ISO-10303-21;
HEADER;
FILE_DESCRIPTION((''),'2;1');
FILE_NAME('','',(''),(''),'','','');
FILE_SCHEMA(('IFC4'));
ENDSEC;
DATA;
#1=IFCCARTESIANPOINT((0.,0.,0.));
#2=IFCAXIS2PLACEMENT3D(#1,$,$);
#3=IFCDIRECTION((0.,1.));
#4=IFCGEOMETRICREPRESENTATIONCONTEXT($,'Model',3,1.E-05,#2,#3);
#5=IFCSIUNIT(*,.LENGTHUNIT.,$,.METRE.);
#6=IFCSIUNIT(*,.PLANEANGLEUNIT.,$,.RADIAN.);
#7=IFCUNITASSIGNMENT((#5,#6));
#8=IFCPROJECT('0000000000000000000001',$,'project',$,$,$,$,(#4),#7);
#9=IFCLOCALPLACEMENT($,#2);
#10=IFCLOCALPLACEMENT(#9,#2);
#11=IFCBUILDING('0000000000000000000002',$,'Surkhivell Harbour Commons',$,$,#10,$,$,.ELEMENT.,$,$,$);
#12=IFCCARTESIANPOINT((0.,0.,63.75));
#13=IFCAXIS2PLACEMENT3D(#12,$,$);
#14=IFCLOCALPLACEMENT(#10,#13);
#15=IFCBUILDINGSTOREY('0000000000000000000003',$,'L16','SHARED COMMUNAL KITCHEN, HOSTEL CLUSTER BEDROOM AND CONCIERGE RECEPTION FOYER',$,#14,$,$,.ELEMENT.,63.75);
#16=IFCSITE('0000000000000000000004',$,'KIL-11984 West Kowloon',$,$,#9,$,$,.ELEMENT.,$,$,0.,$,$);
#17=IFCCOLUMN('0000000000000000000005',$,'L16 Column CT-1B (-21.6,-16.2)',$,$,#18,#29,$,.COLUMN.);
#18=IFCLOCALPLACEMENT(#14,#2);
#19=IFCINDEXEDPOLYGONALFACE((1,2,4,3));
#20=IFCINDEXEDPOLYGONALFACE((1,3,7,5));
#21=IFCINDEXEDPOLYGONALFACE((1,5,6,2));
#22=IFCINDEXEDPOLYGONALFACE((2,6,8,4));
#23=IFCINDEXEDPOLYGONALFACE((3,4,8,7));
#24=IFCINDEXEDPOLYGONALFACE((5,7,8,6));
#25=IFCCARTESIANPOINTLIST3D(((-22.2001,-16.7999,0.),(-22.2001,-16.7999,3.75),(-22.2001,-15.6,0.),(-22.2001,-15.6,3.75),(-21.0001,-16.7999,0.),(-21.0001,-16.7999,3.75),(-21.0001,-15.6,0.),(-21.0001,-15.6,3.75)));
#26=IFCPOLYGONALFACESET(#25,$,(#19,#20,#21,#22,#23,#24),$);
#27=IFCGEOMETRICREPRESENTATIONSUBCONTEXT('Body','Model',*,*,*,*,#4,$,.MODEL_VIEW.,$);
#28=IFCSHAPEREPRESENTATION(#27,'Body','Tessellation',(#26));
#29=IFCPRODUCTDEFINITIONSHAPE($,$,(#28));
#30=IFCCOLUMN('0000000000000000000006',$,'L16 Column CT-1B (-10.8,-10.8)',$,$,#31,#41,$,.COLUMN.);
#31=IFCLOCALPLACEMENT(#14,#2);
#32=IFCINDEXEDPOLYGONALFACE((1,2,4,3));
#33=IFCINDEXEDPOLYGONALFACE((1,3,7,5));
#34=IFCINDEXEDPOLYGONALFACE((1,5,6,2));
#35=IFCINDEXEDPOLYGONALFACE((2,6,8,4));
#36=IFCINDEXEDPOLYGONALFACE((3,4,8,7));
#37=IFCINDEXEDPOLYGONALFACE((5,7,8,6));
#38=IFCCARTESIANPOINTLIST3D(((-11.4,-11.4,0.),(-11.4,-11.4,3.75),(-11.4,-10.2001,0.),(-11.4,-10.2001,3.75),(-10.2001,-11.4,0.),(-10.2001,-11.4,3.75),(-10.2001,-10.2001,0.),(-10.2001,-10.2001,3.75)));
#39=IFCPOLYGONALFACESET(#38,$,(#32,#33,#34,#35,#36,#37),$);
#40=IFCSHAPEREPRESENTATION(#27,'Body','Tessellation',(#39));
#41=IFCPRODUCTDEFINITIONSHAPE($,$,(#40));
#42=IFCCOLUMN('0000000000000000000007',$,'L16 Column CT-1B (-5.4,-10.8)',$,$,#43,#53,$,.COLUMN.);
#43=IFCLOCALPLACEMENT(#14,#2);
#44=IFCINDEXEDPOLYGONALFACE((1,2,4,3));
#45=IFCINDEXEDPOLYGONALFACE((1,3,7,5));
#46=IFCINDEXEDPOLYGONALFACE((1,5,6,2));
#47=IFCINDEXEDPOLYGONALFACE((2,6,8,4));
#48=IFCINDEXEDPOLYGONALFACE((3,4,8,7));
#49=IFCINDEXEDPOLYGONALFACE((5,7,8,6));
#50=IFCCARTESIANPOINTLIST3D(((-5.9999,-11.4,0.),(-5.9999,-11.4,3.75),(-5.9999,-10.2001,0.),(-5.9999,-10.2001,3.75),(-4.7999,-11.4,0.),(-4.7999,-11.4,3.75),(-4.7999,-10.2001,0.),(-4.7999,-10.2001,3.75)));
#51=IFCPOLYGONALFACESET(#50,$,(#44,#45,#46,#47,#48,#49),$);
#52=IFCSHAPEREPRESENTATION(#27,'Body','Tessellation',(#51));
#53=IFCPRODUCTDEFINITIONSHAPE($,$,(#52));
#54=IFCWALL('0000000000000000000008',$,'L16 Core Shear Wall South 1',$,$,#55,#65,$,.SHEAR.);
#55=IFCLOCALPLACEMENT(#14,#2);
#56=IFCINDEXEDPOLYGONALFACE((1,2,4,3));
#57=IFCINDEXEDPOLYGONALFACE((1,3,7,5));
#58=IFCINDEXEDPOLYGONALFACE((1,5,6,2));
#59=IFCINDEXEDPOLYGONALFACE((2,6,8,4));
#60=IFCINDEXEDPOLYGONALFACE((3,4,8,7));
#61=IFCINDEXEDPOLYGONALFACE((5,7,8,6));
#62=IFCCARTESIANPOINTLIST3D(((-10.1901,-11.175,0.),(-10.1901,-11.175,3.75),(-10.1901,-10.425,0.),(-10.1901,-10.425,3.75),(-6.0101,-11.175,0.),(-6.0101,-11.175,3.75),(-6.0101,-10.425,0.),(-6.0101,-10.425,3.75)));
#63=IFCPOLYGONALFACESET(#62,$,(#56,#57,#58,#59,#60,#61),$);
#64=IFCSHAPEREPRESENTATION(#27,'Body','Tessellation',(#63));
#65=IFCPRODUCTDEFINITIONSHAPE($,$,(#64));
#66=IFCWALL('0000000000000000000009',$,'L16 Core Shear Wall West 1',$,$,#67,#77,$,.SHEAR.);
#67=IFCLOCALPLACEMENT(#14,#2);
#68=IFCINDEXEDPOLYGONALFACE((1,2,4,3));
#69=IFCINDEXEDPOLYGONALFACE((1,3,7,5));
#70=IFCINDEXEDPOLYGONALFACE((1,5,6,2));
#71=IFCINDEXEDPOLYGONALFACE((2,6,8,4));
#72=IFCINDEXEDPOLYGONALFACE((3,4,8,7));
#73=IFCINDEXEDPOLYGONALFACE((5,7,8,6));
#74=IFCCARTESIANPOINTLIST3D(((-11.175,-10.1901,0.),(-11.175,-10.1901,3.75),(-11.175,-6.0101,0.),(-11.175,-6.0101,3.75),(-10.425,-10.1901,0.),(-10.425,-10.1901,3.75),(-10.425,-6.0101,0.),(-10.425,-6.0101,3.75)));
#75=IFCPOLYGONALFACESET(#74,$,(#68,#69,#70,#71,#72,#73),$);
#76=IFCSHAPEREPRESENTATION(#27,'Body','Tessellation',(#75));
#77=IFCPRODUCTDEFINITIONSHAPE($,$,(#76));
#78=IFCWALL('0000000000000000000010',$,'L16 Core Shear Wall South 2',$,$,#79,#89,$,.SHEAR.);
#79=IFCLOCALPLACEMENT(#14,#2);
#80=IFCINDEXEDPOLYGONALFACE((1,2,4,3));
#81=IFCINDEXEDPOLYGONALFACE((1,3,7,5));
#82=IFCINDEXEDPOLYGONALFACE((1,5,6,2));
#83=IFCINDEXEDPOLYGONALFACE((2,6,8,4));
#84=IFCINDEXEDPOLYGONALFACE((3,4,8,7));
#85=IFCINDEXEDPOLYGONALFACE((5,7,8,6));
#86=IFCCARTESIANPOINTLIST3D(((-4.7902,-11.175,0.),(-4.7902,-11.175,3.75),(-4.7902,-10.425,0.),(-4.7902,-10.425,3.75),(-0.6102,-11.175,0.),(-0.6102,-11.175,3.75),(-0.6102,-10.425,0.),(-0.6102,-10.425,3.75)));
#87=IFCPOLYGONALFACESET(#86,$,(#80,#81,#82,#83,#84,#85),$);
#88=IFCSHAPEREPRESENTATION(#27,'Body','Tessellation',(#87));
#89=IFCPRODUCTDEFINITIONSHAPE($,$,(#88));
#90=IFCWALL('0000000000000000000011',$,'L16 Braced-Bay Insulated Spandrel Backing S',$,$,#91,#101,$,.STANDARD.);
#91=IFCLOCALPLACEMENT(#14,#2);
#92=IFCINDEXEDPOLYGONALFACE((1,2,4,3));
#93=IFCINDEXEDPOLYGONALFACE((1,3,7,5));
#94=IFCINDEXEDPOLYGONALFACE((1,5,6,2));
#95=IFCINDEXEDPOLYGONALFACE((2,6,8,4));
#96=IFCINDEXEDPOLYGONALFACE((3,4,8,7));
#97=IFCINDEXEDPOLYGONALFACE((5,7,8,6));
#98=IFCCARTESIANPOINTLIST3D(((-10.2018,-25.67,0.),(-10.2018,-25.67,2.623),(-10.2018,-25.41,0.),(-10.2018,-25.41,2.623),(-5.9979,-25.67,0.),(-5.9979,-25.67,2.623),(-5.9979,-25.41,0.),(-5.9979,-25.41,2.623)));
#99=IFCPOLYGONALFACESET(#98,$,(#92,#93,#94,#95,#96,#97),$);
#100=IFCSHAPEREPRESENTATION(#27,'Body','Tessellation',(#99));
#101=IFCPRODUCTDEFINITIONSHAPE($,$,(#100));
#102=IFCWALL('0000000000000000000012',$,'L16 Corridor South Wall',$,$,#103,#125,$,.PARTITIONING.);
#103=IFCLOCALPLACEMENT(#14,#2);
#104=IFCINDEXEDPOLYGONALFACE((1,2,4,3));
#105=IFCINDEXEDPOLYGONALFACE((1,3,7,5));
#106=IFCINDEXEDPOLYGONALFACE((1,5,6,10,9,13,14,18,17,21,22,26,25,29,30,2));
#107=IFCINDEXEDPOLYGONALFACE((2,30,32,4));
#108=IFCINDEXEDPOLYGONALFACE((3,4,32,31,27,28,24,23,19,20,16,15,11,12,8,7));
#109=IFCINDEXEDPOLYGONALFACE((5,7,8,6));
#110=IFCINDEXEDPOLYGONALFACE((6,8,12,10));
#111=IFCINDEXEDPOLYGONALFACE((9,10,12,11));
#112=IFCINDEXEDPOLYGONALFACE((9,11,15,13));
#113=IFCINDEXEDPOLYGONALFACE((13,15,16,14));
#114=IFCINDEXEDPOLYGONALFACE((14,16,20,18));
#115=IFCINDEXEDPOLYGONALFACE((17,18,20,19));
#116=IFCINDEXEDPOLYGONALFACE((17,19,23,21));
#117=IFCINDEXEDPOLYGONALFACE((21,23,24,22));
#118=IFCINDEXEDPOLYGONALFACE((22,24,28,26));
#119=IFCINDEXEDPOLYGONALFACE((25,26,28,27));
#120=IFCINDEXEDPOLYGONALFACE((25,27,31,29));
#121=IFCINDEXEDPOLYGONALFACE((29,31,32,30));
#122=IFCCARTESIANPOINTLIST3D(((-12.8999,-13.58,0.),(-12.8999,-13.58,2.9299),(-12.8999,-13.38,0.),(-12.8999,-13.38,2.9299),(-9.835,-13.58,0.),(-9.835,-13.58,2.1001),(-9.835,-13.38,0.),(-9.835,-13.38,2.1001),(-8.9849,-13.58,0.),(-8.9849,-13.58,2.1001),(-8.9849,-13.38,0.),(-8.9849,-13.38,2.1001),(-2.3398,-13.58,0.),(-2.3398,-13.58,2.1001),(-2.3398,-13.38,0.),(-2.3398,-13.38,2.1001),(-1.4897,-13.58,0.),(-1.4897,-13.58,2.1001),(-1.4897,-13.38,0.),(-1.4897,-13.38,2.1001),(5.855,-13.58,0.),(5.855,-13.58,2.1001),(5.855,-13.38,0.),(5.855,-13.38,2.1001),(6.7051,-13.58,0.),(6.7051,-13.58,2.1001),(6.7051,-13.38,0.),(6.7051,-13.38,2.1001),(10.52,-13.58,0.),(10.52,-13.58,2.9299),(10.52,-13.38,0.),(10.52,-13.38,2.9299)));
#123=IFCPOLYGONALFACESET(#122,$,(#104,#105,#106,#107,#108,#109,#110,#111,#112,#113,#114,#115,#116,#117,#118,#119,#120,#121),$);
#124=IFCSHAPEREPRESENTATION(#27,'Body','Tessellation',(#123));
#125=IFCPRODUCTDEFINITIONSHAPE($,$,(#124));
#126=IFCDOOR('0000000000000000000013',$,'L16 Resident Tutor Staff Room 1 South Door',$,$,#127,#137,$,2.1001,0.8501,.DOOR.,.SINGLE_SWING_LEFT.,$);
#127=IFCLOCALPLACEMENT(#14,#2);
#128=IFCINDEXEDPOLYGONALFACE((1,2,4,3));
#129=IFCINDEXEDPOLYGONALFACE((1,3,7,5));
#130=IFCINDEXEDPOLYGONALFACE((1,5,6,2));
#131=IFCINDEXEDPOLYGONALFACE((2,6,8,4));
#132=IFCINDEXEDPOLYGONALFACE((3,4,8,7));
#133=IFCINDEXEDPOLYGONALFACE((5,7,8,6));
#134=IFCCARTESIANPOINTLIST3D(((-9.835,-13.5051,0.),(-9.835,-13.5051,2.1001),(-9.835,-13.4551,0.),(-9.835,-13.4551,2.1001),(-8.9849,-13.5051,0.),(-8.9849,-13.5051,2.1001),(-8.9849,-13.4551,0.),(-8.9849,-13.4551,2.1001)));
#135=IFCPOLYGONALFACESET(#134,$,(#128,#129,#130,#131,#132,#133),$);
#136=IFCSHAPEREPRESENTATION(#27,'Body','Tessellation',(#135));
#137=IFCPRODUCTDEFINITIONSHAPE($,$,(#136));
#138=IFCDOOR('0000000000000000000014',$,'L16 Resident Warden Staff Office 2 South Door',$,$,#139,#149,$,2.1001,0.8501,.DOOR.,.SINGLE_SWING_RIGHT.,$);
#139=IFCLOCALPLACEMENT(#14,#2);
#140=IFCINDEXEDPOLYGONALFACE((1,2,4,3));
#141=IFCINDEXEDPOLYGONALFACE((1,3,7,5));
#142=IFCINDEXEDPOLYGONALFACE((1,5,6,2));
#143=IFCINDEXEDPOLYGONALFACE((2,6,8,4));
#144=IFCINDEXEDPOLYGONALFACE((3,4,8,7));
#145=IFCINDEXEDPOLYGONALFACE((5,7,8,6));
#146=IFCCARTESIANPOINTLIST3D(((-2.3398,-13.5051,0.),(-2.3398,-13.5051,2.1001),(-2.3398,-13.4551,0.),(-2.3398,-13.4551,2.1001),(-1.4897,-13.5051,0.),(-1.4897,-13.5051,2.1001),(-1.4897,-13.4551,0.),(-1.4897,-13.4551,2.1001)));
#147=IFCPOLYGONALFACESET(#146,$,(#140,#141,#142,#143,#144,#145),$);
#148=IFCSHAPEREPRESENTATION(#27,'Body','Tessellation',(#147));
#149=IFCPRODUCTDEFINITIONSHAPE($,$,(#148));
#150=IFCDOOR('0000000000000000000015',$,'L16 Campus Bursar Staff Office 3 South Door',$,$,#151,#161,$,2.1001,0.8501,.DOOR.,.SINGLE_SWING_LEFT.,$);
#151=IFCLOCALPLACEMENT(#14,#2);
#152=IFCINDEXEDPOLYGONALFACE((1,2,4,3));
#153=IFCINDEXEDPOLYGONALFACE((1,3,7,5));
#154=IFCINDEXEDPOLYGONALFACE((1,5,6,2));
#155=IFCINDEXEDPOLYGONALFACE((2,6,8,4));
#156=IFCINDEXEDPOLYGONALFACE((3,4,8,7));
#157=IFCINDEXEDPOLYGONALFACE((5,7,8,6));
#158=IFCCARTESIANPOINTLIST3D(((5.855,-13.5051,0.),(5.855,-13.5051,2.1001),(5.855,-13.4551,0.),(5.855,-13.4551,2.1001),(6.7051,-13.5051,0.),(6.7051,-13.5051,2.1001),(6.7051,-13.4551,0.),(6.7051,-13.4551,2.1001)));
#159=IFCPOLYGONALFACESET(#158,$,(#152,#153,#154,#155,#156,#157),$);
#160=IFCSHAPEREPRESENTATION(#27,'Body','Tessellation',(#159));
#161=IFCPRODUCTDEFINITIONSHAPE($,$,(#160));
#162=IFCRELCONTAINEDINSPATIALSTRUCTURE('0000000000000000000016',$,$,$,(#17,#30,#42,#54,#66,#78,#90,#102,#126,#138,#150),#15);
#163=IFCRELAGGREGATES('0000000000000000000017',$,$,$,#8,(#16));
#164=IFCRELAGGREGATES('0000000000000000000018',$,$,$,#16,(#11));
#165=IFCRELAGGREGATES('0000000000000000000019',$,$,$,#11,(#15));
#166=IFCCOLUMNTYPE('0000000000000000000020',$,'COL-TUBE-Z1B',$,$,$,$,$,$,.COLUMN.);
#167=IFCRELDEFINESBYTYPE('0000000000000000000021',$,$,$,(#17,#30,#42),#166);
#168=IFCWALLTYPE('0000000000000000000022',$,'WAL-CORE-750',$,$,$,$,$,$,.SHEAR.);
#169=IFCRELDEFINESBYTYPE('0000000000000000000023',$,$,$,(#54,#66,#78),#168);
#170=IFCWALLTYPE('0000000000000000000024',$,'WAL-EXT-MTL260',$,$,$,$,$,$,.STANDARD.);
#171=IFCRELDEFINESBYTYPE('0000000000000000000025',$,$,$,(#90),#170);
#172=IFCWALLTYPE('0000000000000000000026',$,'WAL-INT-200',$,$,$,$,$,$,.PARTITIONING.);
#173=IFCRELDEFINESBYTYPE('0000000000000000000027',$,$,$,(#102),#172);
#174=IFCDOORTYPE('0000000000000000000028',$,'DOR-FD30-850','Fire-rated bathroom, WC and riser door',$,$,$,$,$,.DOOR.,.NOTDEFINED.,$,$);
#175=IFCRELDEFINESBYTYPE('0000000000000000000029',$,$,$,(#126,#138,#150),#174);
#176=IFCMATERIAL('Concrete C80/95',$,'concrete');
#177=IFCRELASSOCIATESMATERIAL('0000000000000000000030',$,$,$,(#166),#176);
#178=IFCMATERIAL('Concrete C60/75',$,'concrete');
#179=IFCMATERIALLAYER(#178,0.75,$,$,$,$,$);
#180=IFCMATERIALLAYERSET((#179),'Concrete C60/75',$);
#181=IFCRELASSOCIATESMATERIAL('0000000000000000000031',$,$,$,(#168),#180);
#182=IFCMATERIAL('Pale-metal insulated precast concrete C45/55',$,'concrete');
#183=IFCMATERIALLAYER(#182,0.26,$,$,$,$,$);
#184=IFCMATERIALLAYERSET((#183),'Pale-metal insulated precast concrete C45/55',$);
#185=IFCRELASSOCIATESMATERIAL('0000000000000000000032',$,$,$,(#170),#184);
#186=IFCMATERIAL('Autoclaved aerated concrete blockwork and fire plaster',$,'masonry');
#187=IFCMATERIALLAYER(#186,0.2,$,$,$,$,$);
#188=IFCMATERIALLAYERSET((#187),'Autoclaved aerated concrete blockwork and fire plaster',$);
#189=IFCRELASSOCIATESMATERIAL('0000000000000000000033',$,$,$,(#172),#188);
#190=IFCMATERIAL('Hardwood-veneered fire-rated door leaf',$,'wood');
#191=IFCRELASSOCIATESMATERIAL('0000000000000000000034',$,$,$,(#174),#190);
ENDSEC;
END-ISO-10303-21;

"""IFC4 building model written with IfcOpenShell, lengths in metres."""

from ifc_helpers import new_model, si_unit, direction, frame, frame_2d, origin, origin_2d, place, context, subcontext, project, spatial, rectangle, extrude, material, layer, layer_set, material_profile, profile_set, type_object, element, fill, save


model = new_model("IFC4")

# Units and contexts
model_context = context("Model", 3, precision=1e-05, world=origin(), true_north=direction((0.0, 1.0)))
body_context = subcontext(model_context, "Body", "Model", "MODEL_VIEW")
ifc_project = project(units=[si_unit("LENGTHUNIT", "METRE"), si_unit("PLANEANGLEUNIT", "RADIAN")], contexts=[model_context])

# Site, building, storey
site_placement = place(None, origin())
site = spatial("IfcSite", under=ifc_project, at=site_placement, Name="KIL-11984 West Kowloon", CompositionType="ELEMENT", RefElevation=0.0)
building_placement = place(site_placement, origin())
building = spatial("IfcBuilding", under=site, at=building_placement, Name="Surkhivell Harbour Commons", CompositionType="ELEMENT")
storey_placement = place(building_placement, frame((0.0, 0.0, 63.75)))
storey = spatial("IfcBuildingStorey", under=building, at=storey_placement, Name="L16", Description="SHARED COMMUNAL KITCHEN, HOSTEL CLUSTER BEDROOM AND CONCIERGE RECEPTION FOYER", CompositionType="ELEMENT", Elevation=63.75)

# Columns
ifc_material_1 = material(Name="Concrete C80/95", Category="concrete")
ifc_material_profile = material_profile(ifc_material_1, rectangle(XDim=1.2, YDim=1.2, at=origin_2d()), Name="RC-COL-1200x1200")
ifc_profile_set = profile_set([ifc_material_profile], Name="Concrete C80/95")
column_type = type_object("IfcColumnType", Name="COL-TUBE-Z1B", PredefinedType="COLUMN", material=ifc_profile_set)
for number, where, z_axis, x_axis, name in (
    (1, (-21.6001, -16.2, 0.0), (0.0, 0.0, 1.0), (1.0, 0.0, 0.0), "L16 Column CT-1B (-21.6,-16.2)"),
    (2, (-10.8, -10.8, 0.0), (0.0, 0.0, 1.0), (1.0, 0.0, 0.0), "L16 Column CT-1B (-10.8,-10.8)"),
    (3, (-5.3999, -10.8, 0.0), (0.0, 0.0, 1.0), (1.0, 0.0, 0.0), "L16 Column CT-1B (-5.4,-10.8)"),
):
    element("IfcColumn", number, at=place(storey_placement, frame(where, z_axis=z_axis, x_axis=x_axis)), inside=storey, type_object=column_type, Name=name, PredefinedType="COLUMN", context=body_context, shape_type="SweptSolid", body=[
        extrude(rectangle(XDim=1.2, YDim=1.2, at=origin_2d()), origin(), (0.0, 0.0, 1.0), 3.75),
    ])

# Walls
ifc_material_2 = material(Name="Concrete C60/75", Category="concrete")
ifc_layer_1 = layer(ifc_material_2, 0.75)
ifc_layer_set_1 = layer_set([ifc_layer_1], Name="Concrete C60/75")
wall_type_1 = type_object("IfcWallType", Name="WAL-CORE-750", PredefinedType="SHEAR", material=ifc_layer_set_1)
for number, where, z_axis, x_axis, name in (
    (4, (-10.1899, -10.8, 0.0), (0.0, 0.0, 1.0), (1.0, 0.0, 0.0), "L16 Core Shear Wall South 1"),
    (5, (-10.8, -10.1899, 0.0), (0.0, 0.0, 1.0), (0.0, 1.0, 0.0), "L16 Core Shear Wall West 1"),
    (6, (-4.79, -10.8, 0.0), (0.0, 0.0, 1.0), (1.0, 0.0, 0.0), "L16 Core Shear Wall South 2"),
):
    element("IfcWall", number, at=place(storey_placement, frame(where, z_axis=z_axis, x_axis=x_axis)), inside=storey, type_object=wall_type_1, Name=name, PredefinedType="SHEAR", context=body_context, shape_type="SweptSolid", body=[
        extrude(rectangle(XDim=4.1799, YDim=0.75, at=frame_2d((2.0898, 0.0))), origin(), (0.0, 0.0, 1.0), 3.75),
    ])
ifc_material_3 = material(Name="Pale-metal insulated precast concrete C45/55", Category="concrete")
ifc_layer_2 = layer(ifc_material_3, 0.26)
ifc_layer_set_2 = layer_set([ifc_layer_2], Name="Pale-metal insulated precast concrete C45/55")
wall_type_2 = type_object("IfcWallType", Name="WAL-EXT-MTL260", PredefinedType="STANDARD", material=ifc_layer_set_2)
wall_1_placement = place(storey_placement, frame((-10.2019, -25.54, 0.0), z_axis=(0.0, 0.0, 1.0), x_axis=(1.0, 0.0, 0.0)))
element("IfcWall", 7, at=wall_1_placement, inside=storey, type_object=wall_type_2, Name="L16 Braced-Bay Insulated Spandrel Backing S", PredefinedType="STANDARD", context=body_context, shape_type="SweptSolid", body=[
    extrude(rectangle(XDim=4.2039, YDim=0.26, at=frame_2d((2.1021, 0.0))), origin(), (0.0, 0.0, 1.0), 2.623),
])

# Wall, openings, doors
ifc_material_4 = material(Name="Autoclaved aerated concrete blockwork and fire plaster", Category="masonry")
ifc_layer_3 = layer(ifc_material_4, 0.2)
ifc_layer_set_3 = layer_set([ifc_layer_3], Name="Autoclaved aerated concrete blockwork and fire plaster")
wall_type_3 = type_object("IfcWallType", Name="WAL-INT-200", PredefinedType="PARTITIONING", material=ifc_layer_set_3)
wall_2_placement = place(storey_placement, frame((-12.8999, -13.48, 0.0), z_axis=(0.0, 0.0, 1.0), x_axis=(1.0, 0.0, 0.0)))
wall_2 = element("IfcWall", 8, at=wall_2_placement, inside=storey, type_object=wall_type_3, Name="L16 Corridor South Wall", PredefinedType="PARTITIONING", context=body_context, shape_type="SweptSolid", body=[
    extrude(rectangle(XDim=23.4199, YDim=0.2, at=frame_2d((11.71, 0.0))), origin(), (0.0, 0.0, 1.0), 2.9299),
])
opening_1_placement = place(wall_2_placement, frame((3.0649, 0.0, 0.0)))
opening_1 = element("IfcOpeningElement", 9, at=opening_1_placement, cuts=wall_2, PredefinedType="OPENING", context=body_context, shape_type="SweptSolid", body=[
    extrude(rectangle(XDim=0.8501, YDim=2.1001, at=frame_2d((0.425, 1.05))), frame((0.0, 0.1099, 0.0), z_axis=(0.0, -1.0, 0.0), x_axis=(1.0, 0.0, 0.0)), (0.0, 0.0, 1.0), 0.22),
])
opening_2_placement = place(wall_2_placement, frame((10.5601, 0.0, 0.0)))
opening_2 = element("IfcOpeningElement", 10, at=opening_2_placement, cuts=wall_2, PredefinedType="OPENING", context=body_context, shape_type="SweptSolid", body=[
    extrude(rectangle(XDim=0.8501, YDim=2.1001, at=frame_2d((0.425, 1.05))), frame((0.0, 0.1099, 0.0), z_axis=(0.0, -1.0, 0.0), x_axis=(1.0, 0.0, 0.0)), (0.0, 0.0, 1.0), 0.22),
])
opening_3_placement = place(wall_2_placement, frame((18.7549, 0.0, 0.0)))
opening_3 = element("IfcOpeningElement", 11, at=opening_3_placement, cuts=wall_2, PredefinedType="OPENING", context=body_context, shape_type="SweptSolid", body=[
    extrude(rectangle(XDim=0.8501, YDim=2.1001, at=frame_2d((0.425, 1.05))), frame((0.0, 0.1099, 0.0), z_axis=(0.0, -1.0, 0.0), x_axis=(1.0, 0.0, 0.0)), (0.0, 0.0, 1.0), 0.22),
])
ifc_material_5 = material(Name="Hardwood-veneered fire-rated door leaf", Category="wood")
door_type_1 = type_object("IfcDoorType", Name="DOR-FD30-850", Description="Fire-rated bathroom, WC and riser door", OperationType="NOTDEFINED", PredefinedType="DOOR", material=ifc_material_5)
door_1_placement = place(opening_1_placement, origin())
door_1 = element("IfcDoor", 12, at=door_1_placement, inside=storey, type_object=door_type_1, Name="L16 Resident Tutor Staff Room 1 South Door", OperationType="SINGLE_SWING_LEFT", OverallHeight=2.1001, OverallWidth=0.8501, PredefinedType="DOOR", context=body_context, shape_type="SweptSolid", body=[
    extrude(rectangle(XDim=0.8501, YDim=2.1001, at=frame_2d((0.425, 1.05))), frame((0.0, 0.0249, 0.0), z_axis=(0.0, -1.0, 0.0), x_axis=(1.0, 0.0, 0.0)), (0.0, 0.0, 1.0), 0.05),
])
fill(opening_1, door_1)
door_2_placement = place(opening_2_placement, origin())
door_2 = element("IfcDoor", 13, at=door_2_placement, inside=storey, type_object=door_type_1, Name="L16 Resident Warden Staff Office 2 South Door", OperationType="SINGLE_SWING_RIGHT", OverallHeight=2.1001, OverallWidth=0.8501, PredefinedType="DOOR", context=body_context, shape_type="SweptSolid", body=[
    extrude(rectangle(XDim=0.8501, YDim=2.1001, at=frame_2d((0.425, 1.05))), frame((0.0, 0.0249, 0.0), z_axis=(0.0, -1.0, 0.0), x_axis=(1.0, 0.0, 0.0)), (0.0, 0.0, 1.0), 0.05),
])
fill(opening_2, door_2)
door_3_placement = place(opening_3_placement, origin())
door_3 = element("IfcDoor", 14, at=door_3_placement, inside=storey, type_object=door_type_1, Name="L16 Campus Bursar Staff Office 3 South Door", OperationType="SINGLE_SWING_LEFT", OverallHeight=2.1001, OverallWidth=0.8501, PredefinedType="DOOR", context=body_context, shape_type="SweptSolid", body=[
    extrude(rectangle(XDim=0.8501, YDim=2.1001, at=frame_2d((0.425, 1.05))), frame((0.0, 0.0249, 0.0), z_axis=(0.0, -1.0, 0.0), x_axis=(1.0, 0.0, 0.0)), (0.0, 0.0, 1.0), 0.05),
])
fill(opening_3, door_3)

save(model, "model.ifc")
